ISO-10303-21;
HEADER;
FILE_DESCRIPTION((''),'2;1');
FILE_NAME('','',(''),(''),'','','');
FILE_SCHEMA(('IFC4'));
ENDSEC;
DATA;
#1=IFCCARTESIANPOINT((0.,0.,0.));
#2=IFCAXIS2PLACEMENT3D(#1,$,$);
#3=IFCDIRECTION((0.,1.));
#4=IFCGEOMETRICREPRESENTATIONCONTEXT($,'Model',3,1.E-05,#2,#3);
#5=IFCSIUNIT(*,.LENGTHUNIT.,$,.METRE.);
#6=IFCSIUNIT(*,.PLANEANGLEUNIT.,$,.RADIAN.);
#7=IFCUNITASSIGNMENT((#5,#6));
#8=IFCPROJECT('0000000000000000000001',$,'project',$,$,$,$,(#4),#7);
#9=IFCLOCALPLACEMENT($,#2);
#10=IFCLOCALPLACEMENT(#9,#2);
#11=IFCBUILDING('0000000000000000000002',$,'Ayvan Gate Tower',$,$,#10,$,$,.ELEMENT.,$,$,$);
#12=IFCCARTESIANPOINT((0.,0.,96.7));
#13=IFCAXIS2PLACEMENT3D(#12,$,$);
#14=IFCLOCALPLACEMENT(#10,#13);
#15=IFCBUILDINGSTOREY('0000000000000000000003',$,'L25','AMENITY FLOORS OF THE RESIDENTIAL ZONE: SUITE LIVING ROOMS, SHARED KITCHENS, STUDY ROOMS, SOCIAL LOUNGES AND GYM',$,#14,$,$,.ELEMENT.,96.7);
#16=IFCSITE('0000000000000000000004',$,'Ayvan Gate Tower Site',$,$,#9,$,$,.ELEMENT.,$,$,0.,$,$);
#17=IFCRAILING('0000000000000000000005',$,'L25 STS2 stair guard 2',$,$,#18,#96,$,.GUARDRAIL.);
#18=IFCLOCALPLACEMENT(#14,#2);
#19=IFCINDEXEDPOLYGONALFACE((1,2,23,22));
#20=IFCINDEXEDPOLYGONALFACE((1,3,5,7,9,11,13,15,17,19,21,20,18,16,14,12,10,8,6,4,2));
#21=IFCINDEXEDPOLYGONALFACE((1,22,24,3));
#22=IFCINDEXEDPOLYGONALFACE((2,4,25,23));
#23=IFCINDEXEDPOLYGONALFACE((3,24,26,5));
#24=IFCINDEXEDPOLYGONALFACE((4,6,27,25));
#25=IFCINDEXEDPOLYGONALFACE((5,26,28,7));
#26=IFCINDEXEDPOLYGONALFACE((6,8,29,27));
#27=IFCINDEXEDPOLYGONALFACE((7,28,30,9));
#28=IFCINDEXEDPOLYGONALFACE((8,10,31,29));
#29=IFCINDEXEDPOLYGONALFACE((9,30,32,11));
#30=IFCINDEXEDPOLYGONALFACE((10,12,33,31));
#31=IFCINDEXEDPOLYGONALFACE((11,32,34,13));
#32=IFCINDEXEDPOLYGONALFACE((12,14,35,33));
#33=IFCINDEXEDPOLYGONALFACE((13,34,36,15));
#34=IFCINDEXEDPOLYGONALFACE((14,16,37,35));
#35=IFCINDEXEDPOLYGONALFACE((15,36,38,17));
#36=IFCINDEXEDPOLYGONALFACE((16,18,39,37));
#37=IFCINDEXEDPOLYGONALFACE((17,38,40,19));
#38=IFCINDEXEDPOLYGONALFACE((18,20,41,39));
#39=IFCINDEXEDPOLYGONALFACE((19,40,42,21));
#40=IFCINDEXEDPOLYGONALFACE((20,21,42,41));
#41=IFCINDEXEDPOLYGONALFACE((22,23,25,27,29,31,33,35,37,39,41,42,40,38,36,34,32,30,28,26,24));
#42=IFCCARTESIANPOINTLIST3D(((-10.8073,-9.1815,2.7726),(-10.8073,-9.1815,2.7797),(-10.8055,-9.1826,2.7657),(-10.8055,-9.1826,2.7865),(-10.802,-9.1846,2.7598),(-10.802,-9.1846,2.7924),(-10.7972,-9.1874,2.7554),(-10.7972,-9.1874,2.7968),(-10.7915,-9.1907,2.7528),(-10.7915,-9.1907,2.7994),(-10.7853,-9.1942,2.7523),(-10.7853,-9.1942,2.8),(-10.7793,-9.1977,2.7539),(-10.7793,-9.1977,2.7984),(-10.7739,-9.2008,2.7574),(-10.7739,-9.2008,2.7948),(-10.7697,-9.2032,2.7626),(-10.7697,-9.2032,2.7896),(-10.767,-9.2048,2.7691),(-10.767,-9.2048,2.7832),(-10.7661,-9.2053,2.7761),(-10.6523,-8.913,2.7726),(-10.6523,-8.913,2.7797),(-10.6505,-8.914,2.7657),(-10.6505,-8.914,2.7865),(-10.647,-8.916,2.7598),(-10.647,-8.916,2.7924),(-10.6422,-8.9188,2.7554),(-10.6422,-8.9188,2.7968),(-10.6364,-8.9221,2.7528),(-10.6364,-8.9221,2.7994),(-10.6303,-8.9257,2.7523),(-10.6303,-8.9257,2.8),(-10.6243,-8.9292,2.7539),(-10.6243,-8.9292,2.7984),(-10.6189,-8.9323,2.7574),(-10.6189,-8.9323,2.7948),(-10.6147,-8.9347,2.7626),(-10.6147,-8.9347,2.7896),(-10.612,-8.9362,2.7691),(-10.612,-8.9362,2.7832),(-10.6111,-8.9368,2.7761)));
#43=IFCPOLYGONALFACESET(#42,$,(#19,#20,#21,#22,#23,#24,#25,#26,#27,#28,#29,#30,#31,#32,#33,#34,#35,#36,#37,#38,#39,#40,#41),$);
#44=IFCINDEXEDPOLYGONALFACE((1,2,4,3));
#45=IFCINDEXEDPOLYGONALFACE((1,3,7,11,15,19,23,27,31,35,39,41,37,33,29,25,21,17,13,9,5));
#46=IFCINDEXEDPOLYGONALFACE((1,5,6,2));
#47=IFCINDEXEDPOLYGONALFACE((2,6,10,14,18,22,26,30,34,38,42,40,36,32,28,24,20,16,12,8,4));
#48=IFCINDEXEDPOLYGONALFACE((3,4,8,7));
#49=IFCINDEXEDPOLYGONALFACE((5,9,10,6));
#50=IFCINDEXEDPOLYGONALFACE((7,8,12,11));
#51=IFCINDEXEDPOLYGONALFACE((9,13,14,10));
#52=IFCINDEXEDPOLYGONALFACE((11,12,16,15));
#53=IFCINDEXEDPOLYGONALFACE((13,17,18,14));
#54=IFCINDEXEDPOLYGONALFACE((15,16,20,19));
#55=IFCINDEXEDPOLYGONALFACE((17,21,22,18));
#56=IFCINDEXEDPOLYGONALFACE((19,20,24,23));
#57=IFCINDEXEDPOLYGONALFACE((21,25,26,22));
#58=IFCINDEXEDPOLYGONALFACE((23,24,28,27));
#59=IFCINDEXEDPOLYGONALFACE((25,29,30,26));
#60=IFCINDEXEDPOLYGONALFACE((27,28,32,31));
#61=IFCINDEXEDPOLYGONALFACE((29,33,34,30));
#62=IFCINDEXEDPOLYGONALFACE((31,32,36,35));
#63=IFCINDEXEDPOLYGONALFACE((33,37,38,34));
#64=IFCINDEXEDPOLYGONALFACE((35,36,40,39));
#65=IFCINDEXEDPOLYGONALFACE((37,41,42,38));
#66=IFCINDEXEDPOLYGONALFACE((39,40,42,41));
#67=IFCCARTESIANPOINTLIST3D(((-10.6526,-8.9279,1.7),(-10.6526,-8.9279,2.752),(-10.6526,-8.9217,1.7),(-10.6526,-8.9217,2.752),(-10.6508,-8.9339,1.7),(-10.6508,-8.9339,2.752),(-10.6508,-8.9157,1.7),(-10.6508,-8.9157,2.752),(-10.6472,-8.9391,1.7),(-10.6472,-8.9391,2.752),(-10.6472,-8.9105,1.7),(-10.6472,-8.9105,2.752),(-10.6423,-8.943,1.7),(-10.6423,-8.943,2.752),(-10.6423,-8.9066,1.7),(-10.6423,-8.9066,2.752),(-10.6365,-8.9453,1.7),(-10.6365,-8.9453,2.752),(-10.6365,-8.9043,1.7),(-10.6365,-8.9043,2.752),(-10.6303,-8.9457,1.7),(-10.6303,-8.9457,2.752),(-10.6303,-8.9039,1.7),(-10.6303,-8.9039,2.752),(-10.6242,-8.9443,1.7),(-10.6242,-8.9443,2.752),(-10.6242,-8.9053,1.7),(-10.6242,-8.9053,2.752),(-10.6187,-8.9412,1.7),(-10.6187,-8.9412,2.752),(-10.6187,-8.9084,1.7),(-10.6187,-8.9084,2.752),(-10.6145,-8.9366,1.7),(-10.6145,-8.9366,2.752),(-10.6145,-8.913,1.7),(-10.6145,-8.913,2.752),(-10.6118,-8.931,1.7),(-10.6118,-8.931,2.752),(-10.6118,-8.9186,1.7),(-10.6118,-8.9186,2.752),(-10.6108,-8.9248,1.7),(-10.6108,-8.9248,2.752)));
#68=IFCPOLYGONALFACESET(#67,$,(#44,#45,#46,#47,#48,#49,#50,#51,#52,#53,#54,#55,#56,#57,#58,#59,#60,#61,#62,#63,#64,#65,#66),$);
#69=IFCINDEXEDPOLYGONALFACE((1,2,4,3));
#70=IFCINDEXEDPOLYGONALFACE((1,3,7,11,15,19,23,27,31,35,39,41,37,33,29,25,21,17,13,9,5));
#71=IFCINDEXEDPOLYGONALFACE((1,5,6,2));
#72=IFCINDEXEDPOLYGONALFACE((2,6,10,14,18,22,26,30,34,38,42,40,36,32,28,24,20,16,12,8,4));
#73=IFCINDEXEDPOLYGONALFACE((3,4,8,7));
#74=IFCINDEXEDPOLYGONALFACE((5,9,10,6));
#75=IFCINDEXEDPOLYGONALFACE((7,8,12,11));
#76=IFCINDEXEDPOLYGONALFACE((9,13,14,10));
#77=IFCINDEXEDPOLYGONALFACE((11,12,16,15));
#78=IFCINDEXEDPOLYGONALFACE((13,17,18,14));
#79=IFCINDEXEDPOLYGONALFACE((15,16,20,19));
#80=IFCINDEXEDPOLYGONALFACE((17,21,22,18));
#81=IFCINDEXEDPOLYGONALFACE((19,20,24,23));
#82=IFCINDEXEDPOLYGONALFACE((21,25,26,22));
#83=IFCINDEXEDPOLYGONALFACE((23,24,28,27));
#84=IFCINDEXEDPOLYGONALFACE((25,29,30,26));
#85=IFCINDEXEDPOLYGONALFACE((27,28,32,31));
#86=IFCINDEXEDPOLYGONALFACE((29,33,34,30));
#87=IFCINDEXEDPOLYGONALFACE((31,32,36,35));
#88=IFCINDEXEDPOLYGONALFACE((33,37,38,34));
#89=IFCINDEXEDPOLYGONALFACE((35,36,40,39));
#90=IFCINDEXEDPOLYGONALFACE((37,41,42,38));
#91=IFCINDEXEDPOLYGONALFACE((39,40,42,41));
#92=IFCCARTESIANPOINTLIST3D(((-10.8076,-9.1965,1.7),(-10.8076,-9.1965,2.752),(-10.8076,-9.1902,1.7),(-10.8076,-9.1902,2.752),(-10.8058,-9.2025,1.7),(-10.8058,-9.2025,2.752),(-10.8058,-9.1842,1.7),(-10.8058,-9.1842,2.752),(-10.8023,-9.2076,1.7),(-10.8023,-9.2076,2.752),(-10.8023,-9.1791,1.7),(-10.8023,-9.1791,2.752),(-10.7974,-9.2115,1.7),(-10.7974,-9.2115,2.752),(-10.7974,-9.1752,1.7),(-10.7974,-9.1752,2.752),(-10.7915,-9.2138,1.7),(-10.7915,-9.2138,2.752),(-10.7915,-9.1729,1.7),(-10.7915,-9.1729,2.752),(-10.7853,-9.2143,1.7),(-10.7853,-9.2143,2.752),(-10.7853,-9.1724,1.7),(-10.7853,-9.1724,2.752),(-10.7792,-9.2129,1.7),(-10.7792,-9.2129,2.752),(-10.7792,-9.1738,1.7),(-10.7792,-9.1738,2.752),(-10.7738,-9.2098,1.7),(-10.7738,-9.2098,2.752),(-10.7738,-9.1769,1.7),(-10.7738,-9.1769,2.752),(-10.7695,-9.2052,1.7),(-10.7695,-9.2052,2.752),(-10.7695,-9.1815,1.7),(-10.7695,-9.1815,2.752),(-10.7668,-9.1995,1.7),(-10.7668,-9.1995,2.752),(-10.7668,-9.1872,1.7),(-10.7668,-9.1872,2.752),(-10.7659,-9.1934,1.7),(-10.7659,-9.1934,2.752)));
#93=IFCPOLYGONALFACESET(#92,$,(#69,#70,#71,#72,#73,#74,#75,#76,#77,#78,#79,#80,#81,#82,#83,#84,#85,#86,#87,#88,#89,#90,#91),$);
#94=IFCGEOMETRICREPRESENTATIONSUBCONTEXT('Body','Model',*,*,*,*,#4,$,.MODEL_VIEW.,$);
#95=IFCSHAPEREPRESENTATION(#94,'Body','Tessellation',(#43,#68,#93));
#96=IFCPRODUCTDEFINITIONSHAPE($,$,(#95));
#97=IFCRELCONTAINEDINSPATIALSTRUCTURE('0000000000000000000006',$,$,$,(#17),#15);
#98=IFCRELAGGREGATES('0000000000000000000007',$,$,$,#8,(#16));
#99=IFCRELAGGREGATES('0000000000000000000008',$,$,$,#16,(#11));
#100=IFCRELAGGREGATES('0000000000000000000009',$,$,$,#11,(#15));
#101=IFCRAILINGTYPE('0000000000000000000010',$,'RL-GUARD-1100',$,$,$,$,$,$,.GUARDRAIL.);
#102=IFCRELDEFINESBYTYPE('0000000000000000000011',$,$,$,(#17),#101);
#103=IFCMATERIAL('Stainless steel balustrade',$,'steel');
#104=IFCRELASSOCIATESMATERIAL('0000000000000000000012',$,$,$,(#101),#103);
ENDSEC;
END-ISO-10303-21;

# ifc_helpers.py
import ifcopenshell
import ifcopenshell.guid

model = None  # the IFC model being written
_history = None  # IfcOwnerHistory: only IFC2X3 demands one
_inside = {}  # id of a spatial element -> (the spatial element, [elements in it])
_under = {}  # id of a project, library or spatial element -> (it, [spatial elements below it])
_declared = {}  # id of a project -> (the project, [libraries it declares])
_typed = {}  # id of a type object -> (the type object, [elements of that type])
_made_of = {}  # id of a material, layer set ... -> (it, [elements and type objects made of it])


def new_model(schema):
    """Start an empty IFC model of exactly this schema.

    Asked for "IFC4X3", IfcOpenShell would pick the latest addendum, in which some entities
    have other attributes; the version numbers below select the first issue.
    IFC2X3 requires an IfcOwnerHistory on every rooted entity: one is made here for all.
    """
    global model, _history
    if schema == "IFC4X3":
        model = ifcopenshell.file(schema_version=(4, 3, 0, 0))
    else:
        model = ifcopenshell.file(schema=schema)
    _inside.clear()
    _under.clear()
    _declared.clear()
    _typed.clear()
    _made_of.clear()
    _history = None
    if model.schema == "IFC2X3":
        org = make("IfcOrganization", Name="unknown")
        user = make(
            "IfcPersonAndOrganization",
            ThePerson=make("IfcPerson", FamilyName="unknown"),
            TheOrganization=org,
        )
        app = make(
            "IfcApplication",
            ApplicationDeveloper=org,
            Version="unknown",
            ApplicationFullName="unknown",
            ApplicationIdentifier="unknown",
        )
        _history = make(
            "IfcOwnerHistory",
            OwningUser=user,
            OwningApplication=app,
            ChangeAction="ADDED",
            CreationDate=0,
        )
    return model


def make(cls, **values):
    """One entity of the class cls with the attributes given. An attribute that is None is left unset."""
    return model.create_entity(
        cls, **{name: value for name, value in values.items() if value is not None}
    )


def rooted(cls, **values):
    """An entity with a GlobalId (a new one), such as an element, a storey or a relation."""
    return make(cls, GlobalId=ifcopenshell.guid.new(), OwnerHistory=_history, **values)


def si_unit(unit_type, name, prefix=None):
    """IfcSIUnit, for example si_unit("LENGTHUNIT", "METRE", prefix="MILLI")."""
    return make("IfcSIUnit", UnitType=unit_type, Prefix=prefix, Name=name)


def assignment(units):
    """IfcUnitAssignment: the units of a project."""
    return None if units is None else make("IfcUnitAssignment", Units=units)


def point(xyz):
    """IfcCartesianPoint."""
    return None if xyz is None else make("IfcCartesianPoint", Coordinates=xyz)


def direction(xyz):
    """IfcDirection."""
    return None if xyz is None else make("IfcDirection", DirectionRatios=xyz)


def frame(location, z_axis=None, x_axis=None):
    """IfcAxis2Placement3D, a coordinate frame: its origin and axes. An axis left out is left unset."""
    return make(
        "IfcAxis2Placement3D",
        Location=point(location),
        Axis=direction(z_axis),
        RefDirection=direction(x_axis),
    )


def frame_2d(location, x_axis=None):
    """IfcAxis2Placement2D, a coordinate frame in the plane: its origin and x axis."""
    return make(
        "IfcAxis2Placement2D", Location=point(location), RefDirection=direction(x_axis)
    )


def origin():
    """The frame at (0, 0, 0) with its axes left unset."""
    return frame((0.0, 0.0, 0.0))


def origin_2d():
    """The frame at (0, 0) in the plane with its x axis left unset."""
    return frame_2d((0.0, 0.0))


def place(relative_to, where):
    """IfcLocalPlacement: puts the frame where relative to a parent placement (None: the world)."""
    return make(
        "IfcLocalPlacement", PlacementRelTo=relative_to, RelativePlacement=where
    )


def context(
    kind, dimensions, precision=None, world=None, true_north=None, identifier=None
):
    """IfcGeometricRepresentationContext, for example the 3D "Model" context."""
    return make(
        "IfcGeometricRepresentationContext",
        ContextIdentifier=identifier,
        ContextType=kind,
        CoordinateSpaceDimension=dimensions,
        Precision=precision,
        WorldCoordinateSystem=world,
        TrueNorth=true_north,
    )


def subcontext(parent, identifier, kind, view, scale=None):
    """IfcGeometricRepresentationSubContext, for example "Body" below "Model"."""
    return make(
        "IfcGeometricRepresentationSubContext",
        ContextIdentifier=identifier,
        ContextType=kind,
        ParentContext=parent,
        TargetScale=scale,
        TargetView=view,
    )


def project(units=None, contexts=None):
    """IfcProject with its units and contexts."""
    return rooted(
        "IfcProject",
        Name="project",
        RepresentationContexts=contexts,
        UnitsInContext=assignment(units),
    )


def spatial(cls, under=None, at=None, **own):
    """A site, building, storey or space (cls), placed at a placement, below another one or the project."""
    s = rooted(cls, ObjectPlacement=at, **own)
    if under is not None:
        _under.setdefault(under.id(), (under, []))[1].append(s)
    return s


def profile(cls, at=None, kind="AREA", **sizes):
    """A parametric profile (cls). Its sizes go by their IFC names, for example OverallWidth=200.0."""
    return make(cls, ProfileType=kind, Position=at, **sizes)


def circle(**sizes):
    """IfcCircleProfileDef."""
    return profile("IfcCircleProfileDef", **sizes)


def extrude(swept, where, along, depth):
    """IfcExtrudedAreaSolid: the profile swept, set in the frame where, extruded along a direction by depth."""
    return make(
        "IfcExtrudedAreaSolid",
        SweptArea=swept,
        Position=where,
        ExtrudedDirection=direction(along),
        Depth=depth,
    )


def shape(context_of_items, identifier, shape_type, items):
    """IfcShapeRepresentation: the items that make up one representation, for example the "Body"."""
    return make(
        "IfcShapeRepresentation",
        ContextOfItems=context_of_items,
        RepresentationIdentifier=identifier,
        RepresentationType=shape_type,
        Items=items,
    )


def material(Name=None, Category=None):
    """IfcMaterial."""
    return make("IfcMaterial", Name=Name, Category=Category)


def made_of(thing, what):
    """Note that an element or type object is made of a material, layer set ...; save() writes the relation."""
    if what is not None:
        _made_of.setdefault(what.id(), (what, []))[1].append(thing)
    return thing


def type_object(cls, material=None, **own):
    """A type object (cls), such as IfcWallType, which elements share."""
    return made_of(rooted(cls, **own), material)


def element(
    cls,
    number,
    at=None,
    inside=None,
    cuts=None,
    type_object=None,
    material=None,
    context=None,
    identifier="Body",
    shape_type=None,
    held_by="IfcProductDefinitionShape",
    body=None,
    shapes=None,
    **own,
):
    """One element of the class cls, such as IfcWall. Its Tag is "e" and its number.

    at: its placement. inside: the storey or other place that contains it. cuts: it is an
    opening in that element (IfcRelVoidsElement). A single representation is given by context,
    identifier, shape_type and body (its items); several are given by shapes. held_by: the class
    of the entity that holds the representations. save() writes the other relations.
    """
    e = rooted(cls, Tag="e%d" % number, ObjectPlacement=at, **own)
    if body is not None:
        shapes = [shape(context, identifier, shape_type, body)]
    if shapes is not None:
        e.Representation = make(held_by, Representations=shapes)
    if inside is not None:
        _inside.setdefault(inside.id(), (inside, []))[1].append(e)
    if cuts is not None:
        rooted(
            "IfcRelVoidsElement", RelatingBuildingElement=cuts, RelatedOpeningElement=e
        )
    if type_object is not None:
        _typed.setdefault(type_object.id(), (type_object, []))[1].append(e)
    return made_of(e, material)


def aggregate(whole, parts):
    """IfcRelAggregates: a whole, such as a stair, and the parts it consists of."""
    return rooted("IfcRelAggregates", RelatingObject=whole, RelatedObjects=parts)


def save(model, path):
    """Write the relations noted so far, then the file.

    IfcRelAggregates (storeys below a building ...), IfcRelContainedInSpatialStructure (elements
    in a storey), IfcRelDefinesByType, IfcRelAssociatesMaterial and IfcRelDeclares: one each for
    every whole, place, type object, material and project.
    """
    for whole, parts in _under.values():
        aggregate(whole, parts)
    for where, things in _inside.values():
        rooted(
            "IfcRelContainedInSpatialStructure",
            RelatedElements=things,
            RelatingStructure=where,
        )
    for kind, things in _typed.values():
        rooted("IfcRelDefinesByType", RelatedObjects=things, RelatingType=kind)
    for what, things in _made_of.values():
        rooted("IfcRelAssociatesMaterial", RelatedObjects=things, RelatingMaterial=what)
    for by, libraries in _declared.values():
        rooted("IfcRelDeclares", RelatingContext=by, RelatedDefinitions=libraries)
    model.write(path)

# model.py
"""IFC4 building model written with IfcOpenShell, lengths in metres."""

from ifc_helpers import new_model, si_unit, direction, frame, origin, origin_2d, place, context, subcontext, project, spatial, circle, extrude, material, type_object, element, save


model = new_model("IFC4")

# Units and contexts
model_context = context("Model", 3, precision=1e-05, world=origin(), true_north=direction((0.0, 1.0)))
body_context = subcontext(model_context, "Body", "Model", "MODEL_VIEW")
ifc_project = project(units=[si_unit("LENGTHUNIT", "METRE"), si_unit("PLANEANGLEUNIT", "RADIAN")], contexts=[model_context])

# Site, building, storey
site_placement = place(None, origin())
site = spatial("IfcSite", under=ifc_project, at=site_placement, Name="Ayvan Gate Tower Site", CompositionType="ELEMENT", RefElevation=0.0)
building_placement = place(site_placement, origin())
building = spatial("IfcBuilding", under=site, at=building_placement, Name="Ayvan Gate Tower", CompositionType="ELEMENT")
storey_placement = place(building_placement, frame((0.0, 0.0, 96.7)))
storey = spatial("IfcBuildingStorey", under=building, at=storey_placement, Name="L25", Description="AMENITY FLOORS OF THE RESIDENTIAL ZONE: SUITE LIVING ROOMS, SHARED KITCHENS, STUDY ROOMS, SOCIAL LOUNGES AND GYM", CompositionType="ELEMENT", Elevation=96.7)

# Railing
ifc_material_1 = material(Name="Stainless steel balustrade", Category="steel")
railing_type_1 = type_object("IfcRailingType", Name="RL-GUARD-1100", PredefinedType="GUARDRAIL", material=ifc_material_1)
railing_1_placement = place(storey_placement, frame((-10.6318, -8.9248, 1.7)))
element("IfcRailing", 1, at=railing_1_placement, inside=storey, type_object=railing_type_1, Name="L25 STS2 stair guard 2", PredefinedType="GUARDRAIL", context=body_context, shape_type="SweptSolid", body=[
    extrude(circle(Radius=0.0239, at=origin_2d()), frame((0.0, 0.0, 1.0762), z_axis=(-0.49995, -0.866054, 0.0), x_axis=(0.866054, -0.49995, 0.0)), (0.0, 0.0, 1.0), 0.3101),
    extrude(circle(Radius=0.021, at=origin_2d()), origin(), (0.0, 0.0, 1.0), 1.052),
    extrude(circle(Radius=0.021, at=origin_2d()), frame((-0.155, -0.2686, 0.0)), (0.0, 0.0, 1.0), 1.052),
])

save(model, "model.ifc")
